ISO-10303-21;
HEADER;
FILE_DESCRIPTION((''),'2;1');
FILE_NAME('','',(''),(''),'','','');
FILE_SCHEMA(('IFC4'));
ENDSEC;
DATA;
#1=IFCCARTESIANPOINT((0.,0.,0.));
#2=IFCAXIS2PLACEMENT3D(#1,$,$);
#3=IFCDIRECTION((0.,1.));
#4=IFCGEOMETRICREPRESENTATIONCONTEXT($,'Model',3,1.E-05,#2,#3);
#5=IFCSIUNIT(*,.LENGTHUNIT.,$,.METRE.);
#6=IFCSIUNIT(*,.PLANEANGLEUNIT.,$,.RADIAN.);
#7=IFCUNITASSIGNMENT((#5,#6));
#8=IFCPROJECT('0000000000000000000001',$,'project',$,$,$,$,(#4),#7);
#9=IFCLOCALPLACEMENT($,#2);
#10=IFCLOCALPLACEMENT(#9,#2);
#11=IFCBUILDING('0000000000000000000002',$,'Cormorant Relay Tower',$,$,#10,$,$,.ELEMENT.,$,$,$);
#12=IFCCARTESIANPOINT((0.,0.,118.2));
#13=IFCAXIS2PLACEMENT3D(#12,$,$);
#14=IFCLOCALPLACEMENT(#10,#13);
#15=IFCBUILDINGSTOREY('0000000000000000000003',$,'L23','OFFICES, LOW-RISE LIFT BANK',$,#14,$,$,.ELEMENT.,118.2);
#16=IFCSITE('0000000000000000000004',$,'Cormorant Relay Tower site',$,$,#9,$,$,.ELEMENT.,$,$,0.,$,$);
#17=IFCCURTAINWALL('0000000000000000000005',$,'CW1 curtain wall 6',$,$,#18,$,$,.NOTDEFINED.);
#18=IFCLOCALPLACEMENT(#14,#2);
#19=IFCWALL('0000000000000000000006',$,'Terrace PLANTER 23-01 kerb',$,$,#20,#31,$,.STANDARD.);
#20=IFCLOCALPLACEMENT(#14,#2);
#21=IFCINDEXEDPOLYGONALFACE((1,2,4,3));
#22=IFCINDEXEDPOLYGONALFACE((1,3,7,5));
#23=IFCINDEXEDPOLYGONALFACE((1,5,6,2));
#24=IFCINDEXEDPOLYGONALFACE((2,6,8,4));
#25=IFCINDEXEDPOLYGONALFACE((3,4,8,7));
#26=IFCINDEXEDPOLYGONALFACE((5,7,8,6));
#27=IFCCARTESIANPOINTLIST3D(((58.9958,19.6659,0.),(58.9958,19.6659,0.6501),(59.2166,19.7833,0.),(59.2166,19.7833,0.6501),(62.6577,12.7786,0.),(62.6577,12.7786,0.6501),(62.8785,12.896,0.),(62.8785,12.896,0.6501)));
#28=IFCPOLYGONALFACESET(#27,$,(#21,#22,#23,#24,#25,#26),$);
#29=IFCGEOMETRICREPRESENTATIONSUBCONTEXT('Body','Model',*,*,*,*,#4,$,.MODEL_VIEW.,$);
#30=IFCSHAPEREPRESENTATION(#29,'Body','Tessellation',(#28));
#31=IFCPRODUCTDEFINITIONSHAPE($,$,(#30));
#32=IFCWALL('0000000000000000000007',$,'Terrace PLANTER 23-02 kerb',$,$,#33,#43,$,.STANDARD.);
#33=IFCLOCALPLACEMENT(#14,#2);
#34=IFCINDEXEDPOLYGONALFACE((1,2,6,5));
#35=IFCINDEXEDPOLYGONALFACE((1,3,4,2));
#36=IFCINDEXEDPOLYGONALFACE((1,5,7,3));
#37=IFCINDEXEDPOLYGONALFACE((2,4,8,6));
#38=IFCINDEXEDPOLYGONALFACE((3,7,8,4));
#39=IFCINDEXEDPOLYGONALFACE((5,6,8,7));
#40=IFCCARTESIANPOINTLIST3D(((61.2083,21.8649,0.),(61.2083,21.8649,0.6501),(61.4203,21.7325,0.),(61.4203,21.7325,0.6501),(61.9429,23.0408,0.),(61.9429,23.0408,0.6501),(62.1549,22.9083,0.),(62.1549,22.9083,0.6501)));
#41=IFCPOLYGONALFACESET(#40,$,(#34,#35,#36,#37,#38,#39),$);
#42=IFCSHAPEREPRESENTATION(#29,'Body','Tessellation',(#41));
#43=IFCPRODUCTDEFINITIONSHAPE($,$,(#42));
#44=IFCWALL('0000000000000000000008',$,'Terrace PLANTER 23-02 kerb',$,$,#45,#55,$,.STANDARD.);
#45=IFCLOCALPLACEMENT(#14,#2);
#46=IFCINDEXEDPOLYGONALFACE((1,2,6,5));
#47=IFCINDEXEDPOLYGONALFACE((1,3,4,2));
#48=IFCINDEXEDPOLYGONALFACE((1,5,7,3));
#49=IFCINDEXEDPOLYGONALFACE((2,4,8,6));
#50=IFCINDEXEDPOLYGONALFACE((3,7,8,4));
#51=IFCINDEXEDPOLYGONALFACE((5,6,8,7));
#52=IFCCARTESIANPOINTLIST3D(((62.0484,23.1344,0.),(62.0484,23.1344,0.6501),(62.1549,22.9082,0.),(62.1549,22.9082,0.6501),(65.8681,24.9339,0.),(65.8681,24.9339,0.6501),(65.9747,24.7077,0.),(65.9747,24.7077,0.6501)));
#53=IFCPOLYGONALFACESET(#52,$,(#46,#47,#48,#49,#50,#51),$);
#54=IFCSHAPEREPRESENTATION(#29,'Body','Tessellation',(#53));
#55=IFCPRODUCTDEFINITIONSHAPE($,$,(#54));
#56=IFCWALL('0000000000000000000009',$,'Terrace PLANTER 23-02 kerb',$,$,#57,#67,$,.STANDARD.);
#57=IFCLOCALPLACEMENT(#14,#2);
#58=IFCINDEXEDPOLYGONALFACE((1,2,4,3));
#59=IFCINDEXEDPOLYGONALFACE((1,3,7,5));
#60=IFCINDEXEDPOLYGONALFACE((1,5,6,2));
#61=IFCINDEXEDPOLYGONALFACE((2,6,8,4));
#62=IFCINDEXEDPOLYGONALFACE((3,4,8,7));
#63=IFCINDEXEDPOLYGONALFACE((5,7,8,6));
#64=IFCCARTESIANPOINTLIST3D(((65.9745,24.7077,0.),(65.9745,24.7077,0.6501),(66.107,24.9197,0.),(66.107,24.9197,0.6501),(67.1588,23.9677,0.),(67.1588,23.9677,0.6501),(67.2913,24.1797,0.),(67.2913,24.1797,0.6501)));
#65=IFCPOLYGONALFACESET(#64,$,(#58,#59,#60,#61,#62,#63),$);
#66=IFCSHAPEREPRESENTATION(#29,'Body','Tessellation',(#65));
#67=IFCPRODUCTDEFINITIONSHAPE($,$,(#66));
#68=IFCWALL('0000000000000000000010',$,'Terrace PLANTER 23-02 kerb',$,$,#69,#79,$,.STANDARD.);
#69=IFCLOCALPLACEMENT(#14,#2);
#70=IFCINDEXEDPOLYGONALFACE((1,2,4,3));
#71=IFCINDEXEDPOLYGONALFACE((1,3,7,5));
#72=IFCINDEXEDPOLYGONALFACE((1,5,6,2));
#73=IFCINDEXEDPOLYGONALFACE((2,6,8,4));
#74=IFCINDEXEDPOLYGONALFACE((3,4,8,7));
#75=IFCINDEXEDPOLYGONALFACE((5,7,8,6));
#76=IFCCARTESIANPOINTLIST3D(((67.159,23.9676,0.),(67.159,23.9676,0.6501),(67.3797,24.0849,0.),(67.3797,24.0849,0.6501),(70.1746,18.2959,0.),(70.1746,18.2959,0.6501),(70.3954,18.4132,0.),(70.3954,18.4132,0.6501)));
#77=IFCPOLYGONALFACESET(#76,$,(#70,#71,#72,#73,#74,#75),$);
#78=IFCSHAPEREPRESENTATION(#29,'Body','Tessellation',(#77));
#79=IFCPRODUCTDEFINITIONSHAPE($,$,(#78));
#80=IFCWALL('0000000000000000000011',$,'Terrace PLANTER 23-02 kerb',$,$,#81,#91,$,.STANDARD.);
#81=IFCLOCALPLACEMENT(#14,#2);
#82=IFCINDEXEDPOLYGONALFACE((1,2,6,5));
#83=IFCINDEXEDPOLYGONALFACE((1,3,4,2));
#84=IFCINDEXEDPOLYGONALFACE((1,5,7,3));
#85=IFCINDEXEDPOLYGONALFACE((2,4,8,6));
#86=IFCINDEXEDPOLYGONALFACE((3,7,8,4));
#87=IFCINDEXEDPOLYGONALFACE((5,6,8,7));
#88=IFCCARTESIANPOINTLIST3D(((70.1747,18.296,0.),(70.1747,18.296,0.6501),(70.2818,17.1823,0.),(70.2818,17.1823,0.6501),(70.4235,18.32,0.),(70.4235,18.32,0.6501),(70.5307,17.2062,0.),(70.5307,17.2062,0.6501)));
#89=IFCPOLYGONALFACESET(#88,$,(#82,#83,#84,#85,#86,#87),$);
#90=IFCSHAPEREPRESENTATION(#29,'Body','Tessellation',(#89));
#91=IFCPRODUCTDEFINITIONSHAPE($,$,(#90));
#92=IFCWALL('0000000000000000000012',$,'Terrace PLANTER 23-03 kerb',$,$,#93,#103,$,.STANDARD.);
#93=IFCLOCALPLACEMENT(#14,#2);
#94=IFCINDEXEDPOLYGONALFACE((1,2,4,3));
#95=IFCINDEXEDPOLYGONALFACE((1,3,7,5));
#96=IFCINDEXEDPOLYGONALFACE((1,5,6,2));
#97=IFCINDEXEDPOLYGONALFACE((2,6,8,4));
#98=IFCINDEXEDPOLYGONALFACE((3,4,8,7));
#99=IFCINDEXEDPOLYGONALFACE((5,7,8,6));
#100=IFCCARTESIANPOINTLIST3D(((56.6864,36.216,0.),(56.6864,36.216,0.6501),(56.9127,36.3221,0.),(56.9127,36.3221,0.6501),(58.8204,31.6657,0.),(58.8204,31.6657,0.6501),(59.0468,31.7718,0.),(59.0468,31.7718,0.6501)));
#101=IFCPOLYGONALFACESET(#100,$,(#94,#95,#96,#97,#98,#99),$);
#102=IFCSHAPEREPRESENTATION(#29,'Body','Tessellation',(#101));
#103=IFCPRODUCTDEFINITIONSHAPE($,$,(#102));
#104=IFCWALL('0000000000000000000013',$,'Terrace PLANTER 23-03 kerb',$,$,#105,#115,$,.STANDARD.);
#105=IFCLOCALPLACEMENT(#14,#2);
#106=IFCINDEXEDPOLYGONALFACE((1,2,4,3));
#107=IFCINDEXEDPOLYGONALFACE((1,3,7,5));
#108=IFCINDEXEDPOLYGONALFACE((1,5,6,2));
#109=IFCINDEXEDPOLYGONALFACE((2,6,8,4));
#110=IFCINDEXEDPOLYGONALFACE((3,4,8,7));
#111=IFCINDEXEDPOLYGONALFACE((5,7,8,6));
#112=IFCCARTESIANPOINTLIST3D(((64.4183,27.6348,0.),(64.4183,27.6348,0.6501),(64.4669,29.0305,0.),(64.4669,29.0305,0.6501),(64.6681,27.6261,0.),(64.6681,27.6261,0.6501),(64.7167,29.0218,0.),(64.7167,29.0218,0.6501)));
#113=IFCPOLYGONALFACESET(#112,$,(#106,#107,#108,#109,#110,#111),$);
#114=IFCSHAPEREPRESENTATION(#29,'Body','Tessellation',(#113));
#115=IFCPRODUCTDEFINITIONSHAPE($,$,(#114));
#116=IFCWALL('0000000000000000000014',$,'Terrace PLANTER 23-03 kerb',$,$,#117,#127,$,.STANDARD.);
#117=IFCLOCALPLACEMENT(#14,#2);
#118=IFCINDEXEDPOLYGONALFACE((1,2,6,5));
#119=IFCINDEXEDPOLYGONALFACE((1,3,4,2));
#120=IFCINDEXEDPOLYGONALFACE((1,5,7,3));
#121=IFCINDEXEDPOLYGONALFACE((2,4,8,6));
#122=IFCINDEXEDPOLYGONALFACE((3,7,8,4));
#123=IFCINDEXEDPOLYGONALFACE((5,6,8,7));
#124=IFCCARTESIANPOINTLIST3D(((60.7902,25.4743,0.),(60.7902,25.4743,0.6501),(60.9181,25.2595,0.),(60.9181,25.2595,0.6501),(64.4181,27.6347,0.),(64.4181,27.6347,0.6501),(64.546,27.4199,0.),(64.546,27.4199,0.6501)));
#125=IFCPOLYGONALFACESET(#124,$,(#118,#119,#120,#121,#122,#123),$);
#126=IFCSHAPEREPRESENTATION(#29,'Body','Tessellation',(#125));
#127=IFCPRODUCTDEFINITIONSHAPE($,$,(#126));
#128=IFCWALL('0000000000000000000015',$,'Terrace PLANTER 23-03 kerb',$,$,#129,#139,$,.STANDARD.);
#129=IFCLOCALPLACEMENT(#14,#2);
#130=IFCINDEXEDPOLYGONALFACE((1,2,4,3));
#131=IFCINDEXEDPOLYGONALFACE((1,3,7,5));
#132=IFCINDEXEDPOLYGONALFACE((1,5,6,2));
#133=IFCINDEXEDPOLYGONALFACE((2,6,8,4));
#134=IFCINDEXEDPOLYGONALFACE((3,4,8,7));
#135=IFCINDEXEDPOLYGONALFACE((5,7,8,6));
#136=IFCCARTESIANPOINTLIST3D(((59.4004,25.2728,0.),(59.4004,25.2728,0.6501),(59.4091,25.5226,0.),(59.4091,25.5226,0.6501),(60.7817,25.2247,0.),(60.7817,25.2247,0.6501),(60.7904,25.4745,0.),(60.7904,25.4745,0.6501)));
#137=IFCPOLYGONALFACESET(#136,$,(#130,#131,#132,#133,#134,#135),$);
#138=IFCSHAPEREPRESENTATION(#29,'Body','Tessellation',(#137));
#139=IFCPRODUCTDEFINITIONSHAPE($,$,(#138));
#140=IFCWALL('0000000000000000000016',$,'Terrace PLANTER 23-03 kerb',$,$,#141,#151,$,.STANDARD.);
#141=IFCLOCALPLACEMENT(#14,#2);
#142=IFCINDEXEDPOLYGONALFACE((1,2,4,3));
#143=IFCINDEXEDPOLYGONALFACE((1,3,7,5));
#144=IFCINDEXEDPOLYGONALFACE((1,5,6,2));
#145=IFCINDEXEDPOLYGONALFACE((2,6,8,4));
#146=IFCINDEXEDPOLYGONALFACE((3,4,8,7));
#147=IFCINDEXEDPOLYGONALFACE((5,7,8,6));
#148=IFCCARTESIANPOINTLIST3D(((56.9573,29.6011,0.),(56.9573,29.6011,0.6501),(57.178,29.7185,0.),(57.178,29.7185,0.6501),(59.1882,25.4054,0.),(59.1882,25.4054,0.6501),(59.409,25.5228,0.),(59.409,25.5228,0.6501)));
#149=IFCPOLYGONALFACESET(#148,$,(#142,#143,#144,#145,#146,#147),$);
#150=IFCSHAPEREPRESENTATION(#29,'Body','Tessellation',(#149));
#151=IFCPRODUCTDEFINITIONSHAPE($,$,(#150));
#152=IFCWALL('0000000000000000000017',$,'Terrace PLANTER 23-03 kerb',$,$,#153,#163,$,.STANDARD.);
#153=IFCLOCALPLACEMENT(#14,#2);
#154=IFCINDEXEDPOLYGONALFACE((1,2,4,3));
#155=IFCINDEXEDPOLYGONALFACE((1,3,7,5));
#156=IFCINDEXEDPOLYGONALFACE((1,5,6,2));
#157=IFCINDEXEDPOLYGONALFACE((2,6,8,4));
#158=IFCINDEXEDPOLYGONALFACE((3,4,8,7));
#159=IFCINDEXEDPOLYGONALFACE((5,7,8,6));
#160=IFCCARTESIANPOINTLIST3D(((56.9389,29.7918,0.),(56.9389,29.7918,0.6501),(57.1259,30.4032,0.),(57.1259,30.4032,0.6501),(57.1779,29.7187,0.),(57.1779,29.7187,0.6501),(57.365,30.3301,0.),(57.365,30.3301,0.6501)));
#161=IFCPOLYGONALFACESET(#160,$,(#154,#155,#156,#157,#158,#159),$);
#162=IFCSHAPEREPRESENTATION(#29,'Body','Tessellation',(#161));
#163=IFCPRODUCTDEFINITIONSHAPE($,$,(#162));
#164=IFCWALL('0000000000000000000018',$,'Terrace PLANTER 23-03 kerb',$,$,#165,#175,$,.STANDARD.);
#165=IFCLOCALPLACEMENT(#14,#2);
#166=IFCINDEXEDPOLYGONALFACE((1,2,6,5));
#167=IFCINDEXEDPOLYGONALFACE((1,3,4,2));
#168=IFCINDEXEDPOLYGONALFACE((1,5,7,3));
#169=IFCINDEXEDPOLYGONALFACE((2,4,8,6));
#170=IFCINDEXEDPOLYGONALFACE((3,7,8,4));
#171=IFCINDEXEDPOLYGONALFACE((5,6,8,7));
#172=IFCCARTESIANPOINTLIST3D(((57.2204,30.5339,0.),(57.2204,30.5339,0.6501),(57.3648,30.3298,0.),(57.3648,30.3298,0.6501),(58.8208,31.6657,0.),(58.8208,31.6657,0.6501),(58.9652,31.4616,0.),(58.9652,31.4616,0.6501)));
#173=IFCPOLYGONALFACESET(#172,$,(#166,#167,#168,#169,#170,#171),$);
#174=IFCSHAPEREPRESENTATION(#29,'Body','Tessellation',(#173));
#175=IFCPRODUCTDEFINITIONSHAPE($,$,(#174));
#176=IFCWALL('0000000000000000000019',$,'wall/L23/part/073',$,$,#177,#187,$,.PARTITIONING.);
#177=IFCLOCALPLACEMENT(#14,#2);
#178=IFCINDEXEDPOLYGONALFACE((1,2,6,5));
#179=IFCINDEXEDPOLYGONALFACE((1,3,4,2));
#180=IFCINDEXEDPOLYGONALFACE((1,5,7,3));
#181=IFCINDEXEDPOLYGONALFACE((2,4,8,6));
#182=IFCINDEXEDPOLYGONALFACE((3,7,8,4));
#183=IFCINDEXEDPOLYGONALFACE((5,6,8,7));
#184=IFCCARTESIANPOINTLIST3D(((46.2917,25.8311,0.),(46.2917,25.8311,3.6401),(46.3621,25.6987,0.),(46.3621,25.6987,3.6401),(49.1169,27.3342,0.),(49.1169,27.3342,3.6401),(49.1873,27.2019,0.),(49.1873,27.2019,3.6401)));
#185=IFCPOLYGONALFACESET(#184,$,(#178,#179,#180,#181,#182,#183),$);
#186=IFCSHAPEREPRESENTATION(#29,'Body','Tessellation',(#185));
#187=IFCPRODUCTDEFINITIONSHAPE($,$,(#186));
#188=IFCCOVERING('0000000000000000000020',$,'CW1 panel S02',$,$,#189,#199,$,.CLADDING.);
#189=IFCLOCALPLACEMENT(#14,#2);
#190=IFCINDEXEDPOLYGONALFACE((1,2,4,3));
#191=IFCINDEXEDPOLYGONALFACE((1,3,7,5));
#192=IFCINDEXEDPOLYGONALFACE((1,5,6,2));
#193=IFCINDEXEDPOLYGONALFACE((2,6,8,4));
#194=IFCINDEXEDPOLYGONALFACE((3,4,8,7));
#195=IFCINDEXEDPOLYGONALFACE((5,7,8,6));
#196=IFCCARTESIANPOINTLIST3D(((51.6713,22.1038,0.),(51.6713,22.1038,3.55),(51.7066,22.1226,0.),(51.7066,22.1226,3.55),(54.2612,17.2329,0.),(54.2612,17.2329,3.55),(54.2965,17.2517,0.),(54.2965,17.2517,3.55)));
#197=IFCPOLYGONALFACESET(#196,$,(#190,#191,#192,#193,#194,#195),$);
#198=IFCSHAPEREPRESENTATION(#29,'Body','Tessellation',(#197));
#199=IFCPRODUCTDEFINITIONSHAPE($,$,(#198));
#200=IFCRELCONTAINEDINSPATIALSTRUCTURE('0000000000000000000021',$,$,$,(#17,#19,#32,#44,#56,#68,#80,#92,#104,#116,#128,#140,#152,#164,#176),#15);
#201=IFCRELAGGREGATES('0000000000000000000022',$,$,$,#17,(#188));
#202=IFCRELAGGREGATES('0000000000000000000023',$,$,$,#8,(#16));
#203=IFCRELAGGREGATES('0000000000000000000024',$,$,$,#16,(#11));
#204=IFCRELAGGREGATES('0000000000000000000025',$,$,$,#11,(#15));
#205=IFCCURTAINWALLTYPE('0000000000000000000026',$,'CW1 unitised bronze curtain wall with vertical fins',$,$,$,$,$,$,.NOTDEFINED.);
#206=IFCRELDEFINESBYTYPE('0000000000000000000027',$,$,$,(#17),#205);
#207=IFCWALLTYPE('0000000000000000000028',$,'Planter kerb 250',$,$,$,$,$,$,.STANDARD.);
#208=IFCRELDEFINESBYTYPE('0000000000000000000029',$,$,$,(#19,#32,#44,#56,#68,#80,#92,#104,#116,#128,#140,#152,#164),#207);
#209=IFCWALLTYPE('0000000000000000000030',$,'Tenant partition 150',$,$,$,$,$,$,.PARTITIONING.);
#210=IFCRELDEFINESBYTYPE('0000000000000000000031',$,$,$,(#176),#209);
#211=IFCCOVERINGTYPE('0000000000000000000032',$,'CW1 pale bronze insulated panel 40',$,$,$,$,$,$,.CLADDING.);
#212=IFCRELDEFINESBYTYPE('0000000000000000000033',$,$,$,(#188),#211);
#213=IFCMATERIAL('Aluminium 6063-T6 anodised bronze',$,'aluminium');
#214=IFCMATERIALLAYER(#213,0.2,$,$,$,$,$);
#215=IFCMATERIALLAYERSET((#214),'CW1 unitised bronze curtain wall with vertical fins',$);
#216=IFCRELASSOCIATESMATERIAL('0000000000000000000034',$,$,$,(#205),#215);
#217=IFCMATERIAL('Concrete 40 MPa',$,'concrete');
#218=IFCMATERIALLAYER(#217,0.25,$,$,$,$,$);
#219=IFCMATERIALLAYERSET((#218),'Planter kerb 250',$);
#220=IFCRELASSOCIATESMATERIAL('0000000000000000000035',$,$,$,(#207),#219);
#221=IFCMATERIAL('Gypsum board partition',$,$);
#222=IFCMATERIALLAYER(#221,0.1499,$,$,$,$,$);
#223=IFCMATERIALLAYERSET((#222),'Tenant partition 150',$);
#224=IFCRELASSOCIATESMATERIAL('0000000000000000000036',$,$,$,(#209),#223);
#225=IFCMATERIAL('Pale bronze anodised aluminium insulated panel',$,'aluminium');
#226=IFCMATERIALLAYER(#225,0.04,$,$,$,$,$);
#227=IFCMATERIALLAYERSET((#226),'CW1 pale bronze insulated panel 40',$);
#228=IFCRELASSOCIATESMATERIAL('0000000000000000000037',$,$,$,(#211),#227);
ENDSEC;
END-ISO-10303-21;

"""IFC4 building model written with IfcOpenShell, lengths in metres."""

from ifc_helpers import new_model, si_unit, direction, frame, frame_2d, origin, origin_2d, place, context, subcontext, project, spatial, rectangle, extrude, material, layer, layer_set, type_object, element, aggregate, save


model = new_model("IFC4")

# Units and contexts
model_context = context("Model", 3, precision=1e-05, world=origin(), true_north=direction((0.0, 1.0)))
body_context = subcontext(model_context, "Body", "Model", "MODEL_VIEW")
ifc_project = project(units=[si_unit("LENGTHUNIT", "METRE"), si_unit("PLANEANGLEUNIT", "RADIAN")], contexts=[model_context])

# Site, building, storey
site_placement = place(None, origin())
site = spatial("IfcSite", under=ifc_project, at=site_placement, Name="Cormorant Relay Tower site", CompositionType="ELEMENT", RefElevation=0.0)
building_placement = place(site_placement, origin())
building = spatial("IfcBuilding", under=site, at=building_placement, Name="Cormorant Relay Tower", CompositionType="ELEMENT")
storey_placement = place(building_placement, frame((0.0, 0.0, 118.2)))
storey = spatial("IfcBuildingStorey", under=building, at=storey_placement, Name="L23", Description="OFFICES, LOW-RISE LIFT BANK", CompositionType="ELEMENT", Elevation=118.2)

# Curtain wall
ifc_material_1 = material(Name="Aluminium 6063-T6 anodised bronze", Category="aluminium")
ifc_layer_1 = layer(ifc_material_1, 0.2)
ifc_layer_set_1 = layer_set([ifc_layer_1], Name="CW1 unitised bronze curtain wall with vertical fins")
curtain_wall_type = type_object("IfcCurtainWallType", Name="CW1 unitised bronze curtain wall with vertical fins", PredefinedType="NOTDEFINED", material=ifc_layer_set_1)
curtain_wall_placement = place(storey_placement, origin())
curtain_wall = element("IfcCurtainWall", 1, at=curtain_wall_placement, inside=storey, type_object=curtain_wall_type, Name="CW1 curtain wall 6", PredefinedType="NOTDEFINED")

# Walls
ifc_material_2 = material(Name="Concrete 40 MPa", Category="concrete")
ifc_layer_2 = layer(ifc_material_2, 0.25)
ifc_layer_set_2 = layer_set([ifc_layer_2], Name="Planter kerb 250")
wall_type_1 = type_object("IfcWallType", Name="Planter kerb 250", PredefinedType="STANDARD", material=ifc_layer_set_2)
wall_1_placement = place(storey_placement, frame((59.1062, 19.7246, 0.0), z_axis=(0.0, 0.0, 1.0), x_axis=(0.469459, -0.882954, 0.0)))
element("IfcWall", 2, at=wall_1_placement, inside=storey, type_object=wall_type_1, Name="Terrace PLANTER 23-01 kerb", PredefinedType="STANDARD", context=body_context, shape_type="SweptSolid", body=[
    extrude(rectangle(XDim=7.8003, YDim=0.25, at=frame_2d((3.9001, 0.0))), origin(), (0.0, 0.0, 1.0), 0.6501),
])
wall_2_placement = place(storey_placement, frame((61.3142, 21.7986, 0.0), z_axis=(0.0, 0.0, 1.0), x_axis=(0.529872, 0.848077, 0.0)))
element("IfcWall", 3, at=wall_2_placement, inside=storey, type_object=wall_type_1, Name="Terrace PLANTER 23-02 kerb", PredefinedType="STANDARD", context=body_context, shape_type="SweptSolid", body=[
    extrude(rectangle(XDim=1.3865, YDim=0.25, at=frame_2d((0.6934, 0.0))), origin(), (0.0, 0.0, 1.0), 0.6501),
])
wall_3_placement = place(storey_placement, frame((62.1016, 23.0212, 0.0), z_axis=(0.0, 0.0, 1.0), x_axis=(0.904636, 0.426184, 0.0)))
element("IfcWall", 4, at=wall_3_placement, inside=storey, type_object=wall_type_1, Name="Terrace PLANTER 23-02 kerb", PredefinedType="STANDARD", context=body_context, shape_type="SweptSolid", body=[
    extrude(rectangle(XDim=4.2224, YDim=0.25, at=frame_2d((2.1113, 0.0))), origin(), (0.0, 0.0, 1.0), 0.6501),
])
wall_4_placement = place(storey_placement, frame((66.0408, 24.8137, 0.0), z_axis=(0.0, 0.0, 1.0), x_axis=(0.848067, -0.529889, 0.0)))
element("IfcWall", 5, at=wall_4_placement, inside=storey, type_object=wall_type_1, Name="Terrace PLANTER 23-02 kerb", PredefinedType="STANDARD", context=body_context, shape_type="SweptSolid", body=[
    extrude(rectangle(XDim=1.3965, YDim=0.25, at=frame_2d((0.6982, 0.0))), origin(), (0.0, 0.0, 1.0), 0.6501),
])
wall_5_placement = place(storey_placement, frame((67.2693, 24.0264, 0.0), z_axis=(0.0, 0.0, 1.0), x_axis=(0.469467, -0.88295, 0.0)))
element("IfcWall", 6, at=wall_5_placement, inside=storey, type_object=wall_type_1, Name="Terrace PLANTER 23-02 kerb", PredefinedType="STANDARD", context=body_context, shape_type="SweptSolid", body=[
    extrude(rectangle(XDim=6.4236, YDim=0.25, at=frame_2d((3.2119, 0.0))), origin(), (0.0, 0.0, 1.0), 0.6501),
])
wall_6_placement = place(storey_placement, frame((70.2991, 18.3081, 0.0), z_axis=(0.0, 0.0, 1.0), x_axis=(0.095787, -0.995402, 0.0)))
element("IfcWall", 7, at=wall_6_placement, inside=storey, type_object=wall_type_1, Name="Terrace PLANTER 23-02 kerb", PredefinedType="STANDARD", context=body_context, shape_type="SweptSolid", body=[
    extrude(rectangle(XDim=1.1189, YDim=0.25, at=frame_2d((0.5596, 0.0))), origin(), (0.0, 0.0, 1.0), 0.6501),
])
wall_7_placement = place(storey_placement, frame((58.9336, 31.7188, 0.0), z_axis=(0.0, 0.0, 1.0), x_axis=(-0.424611, 0.905376, 0.0)))
element("IfcWall", 8, at=wall_7_placement, inside=storey, type_object=wall_type_1, Name="Terrace PLANTER 23-03 kerb", PredefinedType="STANDARD", context=body_context, shape_type="SweptSolid", body=[
    extrude(rectangle(XDim=5.0259, YDim=0.25, at=frame_2d((2.5129, 0.0))), origin(), (0.0, 0.0, 1.0), 0.6501),
])
wall_8_placement = place(storey_placement, frame((64.5918, 29.0261, 0.0), z_axis=(0.0, 0.0, 1.0), x_axis=(-0.034787, -0.999395, 0.0)))
element("IfcWall", 9, at=wall_8_placement, inside=storey, type_object=wall_type_1, Name="Terrace PLANTER 23-03 kerb", PredefinedType="STANDARD", context=body_context, shape_type="SweptSolid", body=[
    extrude(rectangle(XDim=1.3965, YDim=0.25, at=frame_2d((0.6982, 0.0))), origin(), (0.0, 0.0, 1.0), 0.6501),
])
wall_9_placement = place(storey_placement, frame((64.4822, 27.5273, 0.0), z_axis=(0.0, 0.0, 1.0), x_axis=(-0.859197, -0.511644, 0.0)))
element("IfcWall", 10, at=wall_9_placement, inside=storey, type_object=wall_type_1, Name="Terrace PLANTER 23-03 kerb", PredefinedType="STANDARD", context=body_context, shape_type="SweptSolid", body=[
    extrude(rectangle(XDim=4.2224, YDim=0.25, at=frame_2d((2.1113, 0.0))), origin(), (0.0, 0.0, 1.0), 0.6501),
])
wall_10_placement = place(storey_placement, frame((60.7859, 25.3496, 0.0), z_axis=(0.0, 0.0, 1.0), x_axis=(-0.999394, 0.034797, 0.0)))
element("IfcWall", 11, at=wall_10_placement, inside=storey, type_object=wall_type_1, Name="Terrace PLANTER 23-03 kerb", PredefinedType="STANDARD", context=body_context, shape_type="SweptSolid", body=[
    extrude(rectangle(XDim=1.3821, YDim=0.25, at=frame_2d((0.6909, 0.0))), origin(), (0.0, 0.0, 1.0), 0.6501),
])
wall_11_placement = place(storey_placement, frame((59.2986, 25.4641, 0.0), z_axis=(0.0, 0.0, 1.0), x_axis=(-0.469473, 0.882947, 0.0)))
element("IfcWall", 12, at=wall_11_placement, inside=storey, type_object=wall_type_1, Name="Terrace PLANTER 23-03 kerb", PredefinedType="STANDARD", context=body_context, shape_type="SweptSolid", body=[
    extrude(rectangle(XDim=4.752, YDim=0.25, at=frame_2d((2.376, 0.0))), origin(), (0.0, 0.0, 1.0), 0.6501),
])
wall_12_placement = place(storey_placement, frame((57.0583, 29.7551, 0.0), z_axis=(0.0, 0.0, 1.0), x_axis=(0.292529, 0.956257, 0.0)))
element("IfcWall", 13, at=wall_12_placement, inside=storey, type_object=wall_type_1, Name="Terrace PLANTER 23-03 kerb", PredefinedType="STANDARD", context=body_context, shape_type="SweptSolid", body=[
    extrude(rectangle(XDim=0.6394, YDim=0.25, at=frame_2d((0.3198, 0.0))), origin(), (0.0, 0.0, 1.0), 0.6501),
])
wall_13_placement = place(storey_placement, frame((57.2927, 30.4319, 0.0), z_axis=(0.0, 0.0, 1.0), x_axis=(0.816443, 0.577426, 0.0)))
element("IfcWall", 14, at=wall_13_placement, inside=storey, type_object=wall_type_1, Name="Terrace PLANTER 23-03 kerb", PredefinedType="STANDARD", context=body_context, shape_type="SweptSolid", body=[
    extrude(rectangle(XDim=1.9602, YDim=0.25, at=frame_2d((0.98, 0.0))), origin(), (0.0, 0.0, 1.0), 0.6501),
])
ifc_material_3 = material(Name="Gypsum board partition")
ifc_layer_3 = layer(ifc_material_3, 0.1499)
ifc_layer_set_3 = layer_set([ifc_layer_3], Name="Tenant partition 150")
wall_type_2 = type_object("IfcWallType", Name="Tenant partition 150", PredefinedType="PARTITIONING", material=ifc_layer_set_3)
wall_14_placement = place(storey_placement, frame((49.1521, 27.2681, 0.0), z_axis=(0.0, 0.0, 1.0), x_axis=(-0.882819, -0.469713, 0.0)))
element("IfcWall", 15, at=wall_14_placement, inside=storey, type_object=wall_type_2, Name="wall/L23/part/073", PredefinedType="PARTITIONING", context=body_context, shape_type="SweptSolid", body=[
    extrude(rectangle(XDim=3.2002, YDim=0.1499, at=frame_2d((1.6001, 0.0))), origin(), (0.0, 0.0, 1.0), 3.6401),
])

# Covering
ifc_material_4 = material(Name="Pale bronze anodised aluminium insulated panel", Category="aluminium")
ifc_layer_4 = layer(ifc_material_4, 0.04)
ifc_layer_set_4 = layer_set([ifc_layer_4], Name="CW1 pale bronze insulated panel 40")
covering_type = type_object("IfcCoveringType", Name="CW1 pale bronze insulated panel 40", PredefinedType="CLADDING", material=ifc_layer_set_4)
covering_1_placement = place(storey_placement, frame((52.9839, 19.6777, 0.0), z_axis=(0.0, 0.0, 1.0), x_axis=(-0.469472, 0.882948, 0.0)))
covering_1 = element("IfcCovering", 16, at=covering_1_placement, type_object=covering_type, Name="CW1 panel S02", PredefinedType="CLADDING", context=body_context, shape_type="SweptSolid", body=[
    extrude(rectangle(XDim=5.5166, YDim=0.04, at=origin_2d()), origin(), (0.0, 0.0, 1.0), 3.55),
])
aggregate(curtain_wall, [covering_1])

save(model, "model.ifc")
